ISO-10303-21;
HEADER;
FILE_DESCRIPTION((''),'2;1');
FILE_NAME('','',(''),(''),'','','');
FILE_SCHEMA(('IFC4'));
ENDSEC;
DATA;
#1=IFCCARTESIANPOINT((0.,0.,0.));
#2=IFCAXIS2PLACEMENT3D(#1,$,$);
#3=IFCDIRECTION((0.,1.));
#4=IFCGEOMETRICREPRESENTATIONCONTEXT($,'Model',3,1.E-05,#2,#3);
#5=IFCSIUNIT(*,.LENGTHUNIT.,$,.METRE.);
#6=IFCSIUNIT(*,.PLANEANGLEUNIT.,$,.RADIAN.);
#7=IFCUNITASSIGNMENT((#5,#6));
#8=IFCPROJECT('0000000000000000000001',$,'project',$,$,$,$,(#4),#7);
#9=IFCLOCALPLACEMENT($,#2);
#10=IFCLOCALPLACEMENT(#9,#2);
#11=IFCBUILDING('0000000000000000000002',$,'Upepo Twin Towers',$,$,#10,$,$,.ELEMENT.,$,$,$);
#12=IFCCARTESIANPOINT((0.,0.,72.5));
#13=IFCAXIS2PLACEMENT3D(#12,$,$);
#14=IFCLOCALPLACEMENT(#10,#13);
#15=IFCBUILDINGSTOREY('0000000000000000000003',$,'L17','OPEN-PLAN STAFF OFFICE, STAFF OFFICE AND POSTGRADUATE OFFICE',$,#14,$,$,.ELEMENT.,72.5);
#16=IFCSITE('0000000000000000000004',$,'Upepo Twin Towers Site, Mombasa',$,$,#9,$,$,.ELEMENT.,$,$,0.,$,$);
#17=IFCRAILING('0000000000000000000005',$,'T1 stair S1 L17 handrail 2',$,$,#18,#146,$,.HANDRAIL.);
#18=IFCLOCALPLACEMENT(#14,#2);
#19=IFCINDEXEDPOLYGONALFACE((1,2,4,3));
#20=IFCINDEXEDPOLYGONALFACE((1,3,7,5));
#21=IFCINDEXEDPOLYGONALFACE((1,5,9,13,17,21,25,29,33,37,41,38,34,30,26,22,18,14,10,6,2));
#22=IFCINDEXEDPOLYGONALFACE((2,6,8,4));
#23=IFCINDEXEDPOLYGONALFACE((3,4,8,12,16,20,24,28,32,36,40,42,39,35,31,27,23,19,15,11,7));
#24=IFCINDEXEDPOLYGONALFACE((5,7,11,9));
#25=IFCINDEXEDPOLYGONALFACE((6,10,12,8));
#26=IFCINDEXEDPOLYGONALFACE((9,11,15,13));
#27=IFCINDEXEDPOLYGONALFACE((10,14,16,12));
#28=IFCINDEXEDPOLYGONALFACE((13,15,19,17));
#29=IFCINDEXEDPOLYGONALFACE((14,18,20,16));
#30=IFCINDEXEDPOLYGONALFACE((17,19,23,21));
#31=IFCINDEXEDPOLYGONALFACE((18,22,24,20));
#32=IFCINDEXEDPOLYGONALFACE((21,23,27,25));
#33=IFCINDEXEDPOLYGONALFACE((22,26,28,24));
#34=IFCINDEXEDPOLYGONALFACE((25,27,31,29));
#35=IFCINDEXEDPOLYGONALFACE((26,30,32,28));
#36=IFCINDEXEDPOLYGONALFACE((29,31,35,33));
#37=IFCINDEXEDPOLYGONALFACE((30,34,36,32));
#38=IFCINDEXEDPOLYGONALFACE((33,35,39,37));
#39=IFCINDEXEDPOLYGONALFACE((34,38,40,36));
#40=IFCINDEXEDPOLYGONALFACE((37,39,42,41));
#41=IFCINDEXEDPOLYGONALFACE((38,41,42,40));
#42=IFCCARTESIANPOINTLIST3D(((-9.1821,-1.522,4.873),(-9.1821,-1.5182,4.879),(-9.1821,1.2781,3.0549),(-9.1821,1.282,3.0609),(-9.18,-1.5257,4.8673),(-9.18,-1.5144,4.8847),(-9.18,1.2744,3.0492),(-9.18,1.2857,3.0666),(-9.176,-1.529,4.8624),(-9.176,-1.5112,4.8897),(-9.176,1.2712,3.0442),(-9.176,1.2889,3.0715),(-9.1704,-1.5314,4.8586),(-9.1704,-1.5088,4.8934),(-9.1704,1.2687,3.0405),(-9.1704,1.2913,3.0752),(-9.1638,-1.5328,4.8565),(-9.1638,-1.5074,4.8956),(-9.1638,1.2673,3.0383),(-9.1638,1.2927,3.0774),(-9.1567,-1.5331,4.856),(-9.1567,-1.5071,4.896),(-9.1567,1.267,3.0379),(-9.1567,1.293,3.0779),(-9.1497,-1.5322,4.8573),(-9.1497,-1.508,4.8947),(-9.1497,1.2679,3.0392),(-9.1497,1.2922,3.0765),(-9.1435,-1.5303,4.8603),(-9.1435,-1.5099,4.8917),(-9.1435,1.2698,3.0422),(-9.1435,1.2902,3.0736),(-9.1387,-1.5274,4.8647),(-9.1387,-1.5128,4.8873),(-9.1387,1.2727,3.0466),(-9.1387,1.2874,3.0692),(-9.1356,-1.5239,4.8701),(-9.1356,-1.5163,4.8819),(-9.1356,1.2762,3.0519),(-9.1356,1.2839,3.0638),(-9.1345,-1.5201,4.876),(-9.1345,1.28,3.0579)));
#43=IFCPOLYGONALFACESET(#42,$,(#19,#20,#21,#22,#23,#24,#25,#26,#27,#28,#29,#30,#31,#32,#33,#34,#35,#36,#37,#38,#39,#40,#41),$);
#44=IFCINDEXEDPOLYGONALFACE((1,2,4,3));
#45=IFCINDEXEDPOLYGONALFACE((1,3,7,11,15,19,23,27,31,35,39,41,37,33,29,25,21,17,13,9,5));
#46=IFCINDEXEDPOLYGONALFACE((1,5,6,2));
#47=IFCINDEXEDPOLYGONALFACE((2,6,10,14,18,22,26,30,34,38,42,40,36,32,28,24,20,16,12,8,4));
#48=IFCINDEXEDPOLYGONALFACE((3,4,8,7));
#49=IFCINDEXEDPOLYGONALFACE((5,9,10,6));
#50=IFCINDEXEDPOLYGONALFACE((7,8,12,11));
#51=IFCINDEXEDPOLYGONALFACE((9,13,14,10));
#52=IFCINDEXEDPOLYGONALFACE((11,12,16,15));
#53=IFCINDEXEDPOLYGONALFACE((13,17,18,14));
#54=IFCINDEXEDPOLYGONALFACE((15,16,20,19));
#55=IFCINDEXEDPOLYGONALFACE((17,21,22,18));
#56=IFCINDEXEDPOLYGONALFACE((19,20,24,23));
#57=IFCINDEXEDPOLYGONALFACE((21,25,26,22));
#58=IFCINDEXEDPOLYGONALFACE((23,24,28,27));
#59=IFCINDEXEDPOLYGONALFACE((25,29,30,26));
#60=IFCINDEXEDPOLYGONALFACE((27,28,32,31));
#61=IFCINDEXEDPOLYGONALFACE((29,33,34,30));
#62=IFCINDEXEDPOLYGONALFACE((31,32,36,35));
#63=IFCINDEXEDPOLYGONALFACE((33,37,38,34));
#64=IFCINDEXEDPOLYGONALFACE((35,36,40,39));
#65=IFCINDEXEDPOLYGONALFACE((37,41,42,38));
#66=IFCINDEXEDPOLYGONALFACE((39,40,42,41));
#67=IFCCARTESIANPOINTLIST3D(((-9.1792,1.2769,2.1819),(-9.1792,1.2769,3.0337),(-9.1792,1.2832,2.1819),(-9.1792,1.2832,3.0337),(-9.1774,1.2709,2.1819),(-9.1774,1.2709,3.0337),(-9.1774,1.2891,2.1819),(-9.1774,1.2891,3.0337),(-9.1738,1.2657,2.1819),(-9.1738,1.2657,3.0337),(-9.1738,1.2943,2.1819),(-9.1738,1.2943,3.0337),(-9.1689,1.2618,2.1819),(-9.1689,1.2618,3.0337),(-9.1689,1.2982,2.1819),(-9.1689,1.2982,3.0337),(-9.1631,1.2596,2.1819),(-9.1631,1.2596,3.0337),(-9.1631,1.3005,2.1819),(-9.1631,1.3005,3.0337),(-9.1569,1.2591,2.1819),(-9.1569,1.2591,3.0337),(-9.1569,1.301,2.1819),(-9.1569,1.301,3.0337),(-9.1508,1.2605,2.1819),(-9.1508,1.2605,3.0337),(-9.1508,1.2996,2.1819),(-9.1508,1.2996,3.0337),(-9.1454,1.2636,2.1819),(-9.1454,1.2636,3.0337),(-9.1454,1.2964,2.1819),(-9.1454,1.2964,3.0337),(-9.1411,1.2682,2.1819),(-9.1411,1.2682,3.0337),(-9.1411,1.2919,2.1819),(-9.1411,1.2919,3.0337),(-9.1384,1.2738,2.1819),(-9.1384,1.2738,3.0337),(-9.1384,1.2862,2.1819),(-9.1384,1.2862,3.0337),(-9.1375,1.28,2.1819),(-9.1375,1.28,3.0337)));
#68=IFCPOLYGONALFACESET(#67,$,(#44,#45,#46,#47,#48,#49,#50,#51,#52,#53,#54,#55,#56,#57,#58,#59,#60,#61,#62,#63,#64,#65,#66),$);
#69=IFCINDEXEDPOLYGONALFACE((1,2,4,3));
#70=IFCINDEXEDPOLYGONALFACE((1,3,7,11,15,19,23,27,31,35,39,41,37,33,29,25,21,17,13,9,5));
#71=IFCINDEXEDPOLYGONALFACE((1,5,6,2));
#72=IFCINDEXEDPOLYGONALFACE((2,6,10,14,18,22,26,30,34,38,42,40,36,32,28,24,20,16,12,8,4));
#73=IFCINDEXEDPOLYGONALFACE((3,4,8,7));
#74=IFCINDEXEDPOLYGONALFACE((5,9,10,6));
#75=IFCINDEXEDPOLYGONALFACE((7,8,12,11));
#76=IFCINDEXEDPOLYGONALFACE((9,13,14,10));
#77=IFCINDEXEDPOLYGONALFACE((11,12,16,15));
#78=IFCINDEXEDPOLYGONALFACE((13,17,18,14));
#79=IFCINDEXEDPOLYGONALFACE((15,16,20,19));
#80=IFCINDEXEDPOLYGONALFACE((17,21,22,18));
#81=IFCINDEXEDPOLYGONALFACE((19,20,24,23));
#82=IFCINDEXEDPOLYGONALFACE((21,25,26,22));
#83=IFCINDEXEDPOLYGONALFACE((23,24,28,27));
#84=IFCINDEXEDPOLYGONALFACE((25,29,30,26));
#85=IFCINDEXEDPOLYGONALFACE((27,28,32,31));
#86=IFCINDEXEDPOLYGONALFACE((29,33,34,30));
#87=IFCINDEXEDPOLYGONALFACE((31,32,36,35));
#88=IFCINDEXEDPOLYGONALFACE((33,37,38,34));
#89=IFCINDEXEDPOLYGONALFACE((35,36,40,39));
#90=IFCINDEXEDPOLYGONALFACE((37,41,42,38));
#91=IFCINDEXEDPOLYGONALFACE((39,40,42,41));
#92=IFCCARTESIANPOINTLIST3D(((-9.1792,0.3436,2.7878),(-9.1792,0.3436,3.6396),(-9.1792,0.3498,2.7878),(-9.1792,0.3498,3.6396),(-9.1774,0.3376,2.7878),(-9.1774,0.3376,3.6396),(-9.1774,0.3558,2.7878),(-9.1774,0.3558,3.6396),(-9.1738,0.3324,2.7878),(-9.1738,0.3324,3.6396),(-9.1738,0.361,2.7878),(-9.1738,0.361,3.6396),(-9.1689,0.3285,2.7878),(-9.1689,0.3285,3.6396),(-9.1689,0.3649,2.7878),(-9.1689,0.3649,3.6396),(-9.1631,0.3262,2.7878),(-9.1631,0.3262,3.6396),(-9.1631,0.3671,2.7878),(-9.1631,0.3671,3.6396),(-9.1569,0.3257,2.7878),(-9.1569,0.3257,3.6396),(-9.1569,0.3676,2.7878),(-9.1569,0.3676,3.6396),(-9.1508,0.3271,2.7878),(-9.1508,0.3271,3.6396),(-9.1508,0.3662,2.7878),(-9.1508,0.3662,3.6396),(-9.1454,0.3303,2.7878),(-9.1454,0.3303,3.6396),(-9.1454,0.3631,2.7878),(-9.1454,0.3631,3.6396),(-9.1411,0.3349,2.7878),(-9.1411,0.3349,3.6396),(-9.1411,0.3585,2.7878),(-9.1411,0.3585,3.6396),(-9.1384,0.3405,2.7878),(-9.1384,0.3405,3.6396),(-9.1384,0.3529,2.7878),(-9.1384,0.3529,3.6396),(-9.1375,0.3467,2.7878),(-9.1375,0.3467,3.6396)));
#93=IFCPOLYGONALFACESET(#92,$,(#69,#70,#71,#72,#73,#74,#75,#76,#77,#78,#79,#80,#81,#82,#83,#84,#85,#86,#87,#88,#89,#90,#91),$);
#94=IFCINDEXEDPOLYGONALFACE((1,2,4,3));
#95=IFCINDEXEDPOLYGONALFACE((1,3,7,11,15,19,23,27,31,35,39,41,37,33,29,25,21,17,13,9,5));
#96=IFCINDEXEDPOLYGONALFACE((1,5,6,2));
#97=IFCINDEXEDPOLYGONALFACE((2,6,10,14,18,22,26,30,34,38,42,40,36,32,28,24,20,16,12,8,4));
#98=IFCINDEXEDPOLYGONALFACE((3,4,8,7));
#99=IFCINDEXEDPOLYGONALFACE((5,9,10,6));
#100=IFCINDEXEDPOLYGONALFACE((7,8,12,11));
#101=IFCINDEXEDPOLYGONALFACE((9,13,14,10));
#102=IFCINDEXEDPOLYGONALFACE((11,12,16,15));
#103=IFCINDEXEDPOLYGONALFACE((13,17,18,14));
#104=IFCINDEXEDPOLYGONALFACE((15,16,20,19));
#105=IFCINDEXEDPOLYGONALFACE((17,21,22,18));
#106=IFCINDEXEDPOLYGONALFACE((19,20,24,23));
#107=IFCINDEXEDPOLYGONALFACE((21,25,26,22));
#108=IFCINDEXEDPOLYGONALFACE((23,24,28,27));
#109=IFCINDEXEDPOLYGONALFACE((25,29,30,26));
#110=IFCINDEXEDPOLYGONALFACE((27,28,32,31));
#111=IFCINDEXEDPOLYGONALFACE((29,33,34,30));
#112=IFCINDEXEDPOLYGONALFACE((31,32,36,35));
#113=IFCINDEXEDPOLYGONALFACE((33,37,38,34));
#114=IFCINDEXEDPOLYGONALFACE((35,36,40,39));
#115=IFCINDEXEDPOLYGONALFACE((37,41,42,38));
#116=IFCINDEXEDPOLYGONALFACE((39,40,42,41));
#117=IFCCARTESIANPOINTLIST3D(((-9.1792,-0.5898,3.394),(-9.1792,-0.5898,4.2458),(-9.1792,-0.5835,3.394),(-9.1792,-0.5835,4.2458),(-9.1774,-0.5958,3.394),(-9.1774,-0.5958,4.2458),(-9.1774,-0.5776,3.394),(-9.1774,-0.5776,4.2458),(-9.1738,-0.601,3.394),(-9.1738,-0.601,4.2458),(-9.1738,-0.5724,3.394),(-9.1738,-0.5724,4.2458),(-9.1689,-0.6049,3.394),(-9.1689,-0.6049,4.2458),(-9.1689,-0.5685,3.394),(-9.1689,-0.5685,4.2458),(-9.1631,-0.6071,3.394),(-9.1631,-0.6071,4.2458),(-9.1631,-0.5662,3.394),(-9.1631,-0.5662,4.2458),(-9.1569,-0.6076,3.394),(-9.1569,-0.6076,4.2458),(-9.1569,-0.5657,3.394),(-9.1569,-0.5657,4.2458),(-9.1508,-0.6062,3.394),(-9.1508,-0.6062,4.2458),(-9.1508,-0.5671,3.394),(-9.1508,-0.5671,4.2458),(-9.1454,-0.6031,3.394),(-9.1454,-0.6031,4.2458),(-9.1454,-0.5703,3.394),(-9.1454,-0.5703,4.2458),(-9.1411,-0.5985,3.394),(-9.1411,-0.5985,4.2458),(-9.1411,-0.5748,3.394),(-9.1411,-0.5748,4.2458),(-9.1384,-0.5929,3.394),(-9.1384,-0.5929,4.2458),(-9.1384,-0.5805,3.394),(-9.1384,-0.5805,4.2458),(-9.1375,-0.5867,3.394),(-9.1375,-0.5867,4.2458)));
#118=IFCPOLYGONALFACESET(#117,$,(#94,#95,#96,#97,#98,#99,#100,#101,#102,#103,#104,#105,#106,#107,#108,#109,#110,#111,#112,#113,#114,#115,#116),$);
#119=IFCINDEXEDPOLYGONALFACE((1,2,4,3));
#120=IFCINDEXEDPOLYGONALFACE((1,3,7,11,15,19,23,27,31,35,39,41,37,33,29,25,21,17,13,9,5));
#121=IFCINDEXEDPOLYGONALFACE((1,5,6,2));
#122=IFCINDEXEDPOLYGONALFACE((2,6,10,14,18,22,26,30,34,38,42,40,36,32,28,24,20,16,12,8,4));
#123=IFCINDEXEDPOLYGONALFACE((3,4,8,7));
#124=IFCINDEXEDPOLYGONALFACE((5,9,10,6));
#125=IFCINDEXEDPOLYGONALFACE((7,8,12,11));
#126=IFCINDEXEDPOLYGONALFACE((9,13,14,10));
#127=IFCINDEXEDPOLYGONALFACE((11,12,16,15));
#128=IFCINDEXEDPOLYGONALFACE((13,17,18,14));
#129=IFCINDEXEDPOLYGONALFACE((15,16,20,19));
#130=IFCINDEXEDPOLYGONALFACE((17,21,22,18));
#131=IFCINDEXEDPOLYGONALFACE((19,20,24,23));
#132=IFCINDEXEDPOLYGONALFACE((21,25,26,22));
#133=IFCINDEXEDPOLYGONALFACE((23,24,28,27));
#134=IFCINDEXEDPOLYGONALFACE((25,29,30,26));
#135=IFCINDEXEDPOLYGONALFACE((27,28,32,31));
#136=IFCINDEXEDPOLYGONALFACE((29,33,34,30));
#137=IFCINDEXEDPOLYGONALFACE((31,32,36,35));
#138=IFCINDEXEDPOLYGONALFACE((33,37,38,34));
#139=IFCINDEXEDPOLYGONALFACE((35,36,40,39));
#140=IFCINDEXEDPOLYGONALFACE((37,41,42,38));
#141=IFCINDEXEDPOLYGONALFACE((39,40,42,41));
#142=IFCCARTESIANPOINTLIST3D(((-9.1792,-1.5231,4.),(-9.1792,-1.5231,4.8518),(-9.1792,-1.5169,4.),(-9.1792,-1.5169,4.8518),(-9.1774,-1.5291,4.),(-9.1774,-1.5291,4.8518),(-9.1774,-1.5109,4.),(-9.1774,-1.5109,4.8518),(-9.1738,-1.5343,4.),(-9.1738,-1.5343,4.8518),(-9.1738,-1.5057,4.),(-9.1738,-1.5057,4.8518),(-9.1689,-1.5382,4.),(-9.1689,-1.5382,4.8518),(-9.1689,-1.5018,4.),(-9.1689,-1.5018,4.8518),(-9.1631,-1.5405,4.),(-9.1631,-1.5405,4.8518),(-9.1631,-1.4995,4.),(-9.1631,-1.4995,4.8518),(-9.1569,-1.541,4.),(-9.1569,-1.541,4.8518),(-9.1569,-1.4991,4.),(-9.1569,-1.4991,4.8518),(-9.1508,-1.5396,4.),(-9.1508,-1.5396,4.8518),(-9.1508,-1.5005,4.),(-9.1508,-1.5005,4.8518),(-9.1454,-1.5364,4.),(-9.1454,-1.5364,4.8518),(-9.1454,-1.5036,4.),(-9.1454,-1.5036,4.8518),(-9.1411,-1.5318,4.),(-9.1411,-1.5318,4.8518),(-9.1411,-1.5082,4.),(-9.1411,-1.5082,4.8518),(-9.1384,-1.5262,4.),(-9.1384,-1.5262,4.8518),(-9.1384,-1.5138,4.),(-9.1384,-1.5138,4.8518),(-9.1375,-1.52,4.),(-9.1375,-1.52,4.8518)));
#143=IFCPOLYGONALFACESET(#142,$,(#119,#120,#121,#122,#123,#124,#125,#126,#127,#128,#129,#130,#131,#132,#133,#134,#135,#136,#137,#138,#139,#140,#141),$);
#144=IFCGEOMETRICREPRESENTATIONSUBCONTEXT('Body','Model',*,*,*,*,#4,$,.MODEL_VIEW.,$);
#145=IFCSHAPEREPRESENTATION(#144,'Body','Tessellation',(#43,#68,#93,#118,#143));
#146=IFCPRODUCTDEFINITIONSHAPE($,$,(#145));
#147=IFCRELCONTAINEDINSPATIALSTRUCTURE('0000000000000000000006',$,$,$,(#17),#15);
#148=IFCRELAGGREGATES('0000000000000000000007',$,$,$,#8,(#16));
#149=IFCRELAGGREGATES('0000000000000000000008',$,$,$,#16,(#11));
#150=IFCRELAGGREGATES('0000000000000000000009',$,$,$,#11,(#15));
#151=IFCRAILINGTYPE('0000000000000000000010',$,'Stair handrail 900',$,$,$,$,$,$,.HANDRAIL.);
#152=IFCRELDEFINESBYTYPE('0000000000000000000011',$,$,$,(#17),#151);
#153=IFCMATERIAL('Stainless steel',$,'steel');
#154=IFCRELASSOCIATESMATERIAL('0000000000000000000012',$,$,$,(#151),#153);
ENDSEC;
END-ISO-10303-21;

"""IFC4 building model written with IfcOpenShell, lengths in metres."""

from ifc_helpers import new_model, si_unit, direction, frame, origin, origin_2d, place, context, subcontext, project, spatial, circle, extrude, material, type_object, element, save


model = new_model("IFC4")

# Units and contexts
model_context = context("Model", 3, precision=1e-05, world=origin(), true_north=direction((0.0, 1.0)))
body_context = subcontext(model_context, "Body", "Model", "MODEL_VIEW")
ifc_project = project(units=[si_unit("LENGTHUNIT", "METRE"), si_unit("PLANEANGLEUNIT", "RADIAN")], contexts=[model_context])

# Site, building, storey
site_placement = place(None, origin())
site = spatial("IfcSite", under=ifc_project, at=site_placement, Name="Upepo Twin Towers Site, Mombasa", CompositionType="ELEMENT", RefElevation=0.0)
building_placement = place(site_placement, origin())
building = spatial("IfcBuilding", under=site, at=building_placement, Name="Upepo Twin Towers", CompositionType="ELEMENT")
storey_placement = place(building_placement, frame((0.0, 0.0, 72.5)))
storey = spatial("IfcBuildingStorey", under=building, at=storey_placement, Name="L17", Description="OPEN-PLAN STAFF OFFICE, STAFF OFFICE AND POSTGRADUATE OFFICE", CompositionType="ELEMENT", Elevation=72.5)

# Railing
ifc_material_1 = material(Name="Stainless steel", Category="steel")
railing_type = type_object("IfcRailingType", Name="Stair handrail 900", PredefinedType="HANDRAIL", material=ifc_material_1)
railing_placement = place(storey_placement, frame((-9.1584, 1.28, 2.1819)))
element("IfcRailing", 1, at=railing_placement, inside=storey, type_object=railing_type, Name="T1 stair S1 L17 handrail 2", PredefinedType="HANDRAIL", context=body_context, shape_type="SweptSolid", body=[
    extrude(circle(Radius=0.0239, at=origin_2d()), frame((0.0, 0.0, 0.876), z_axis=(0.0, -0.838706, 0.544585), x_axis=(1.0, 0.0, 0.0)), (0.0, 0.0, 1.0), 3.3386),
    extrude(circle(Radius=0.021, at=origin_2d()), origin(), (0.0, 0.0, 1.0), 0.8518),
    extrude(circle(Radius=0.021, at=origin_2d()), frame((0.0, -0.9333, 0.606)), (0.0, 0.0, 1.0), 0.8518),
    extrude(circle(Radius=0.021, at=origin_2d()), frame((0.0, -1.8667, 1.2122)), (0.0, 0.0, 1.0), 0.8518),
    extrude(circle(Radius=0.021, at=origin_2d()), frame((0.0, -2.8, 1.8181)), (0.0, 0.0, 1.0), 0.8518),
])

save(model, "model.ifc")
